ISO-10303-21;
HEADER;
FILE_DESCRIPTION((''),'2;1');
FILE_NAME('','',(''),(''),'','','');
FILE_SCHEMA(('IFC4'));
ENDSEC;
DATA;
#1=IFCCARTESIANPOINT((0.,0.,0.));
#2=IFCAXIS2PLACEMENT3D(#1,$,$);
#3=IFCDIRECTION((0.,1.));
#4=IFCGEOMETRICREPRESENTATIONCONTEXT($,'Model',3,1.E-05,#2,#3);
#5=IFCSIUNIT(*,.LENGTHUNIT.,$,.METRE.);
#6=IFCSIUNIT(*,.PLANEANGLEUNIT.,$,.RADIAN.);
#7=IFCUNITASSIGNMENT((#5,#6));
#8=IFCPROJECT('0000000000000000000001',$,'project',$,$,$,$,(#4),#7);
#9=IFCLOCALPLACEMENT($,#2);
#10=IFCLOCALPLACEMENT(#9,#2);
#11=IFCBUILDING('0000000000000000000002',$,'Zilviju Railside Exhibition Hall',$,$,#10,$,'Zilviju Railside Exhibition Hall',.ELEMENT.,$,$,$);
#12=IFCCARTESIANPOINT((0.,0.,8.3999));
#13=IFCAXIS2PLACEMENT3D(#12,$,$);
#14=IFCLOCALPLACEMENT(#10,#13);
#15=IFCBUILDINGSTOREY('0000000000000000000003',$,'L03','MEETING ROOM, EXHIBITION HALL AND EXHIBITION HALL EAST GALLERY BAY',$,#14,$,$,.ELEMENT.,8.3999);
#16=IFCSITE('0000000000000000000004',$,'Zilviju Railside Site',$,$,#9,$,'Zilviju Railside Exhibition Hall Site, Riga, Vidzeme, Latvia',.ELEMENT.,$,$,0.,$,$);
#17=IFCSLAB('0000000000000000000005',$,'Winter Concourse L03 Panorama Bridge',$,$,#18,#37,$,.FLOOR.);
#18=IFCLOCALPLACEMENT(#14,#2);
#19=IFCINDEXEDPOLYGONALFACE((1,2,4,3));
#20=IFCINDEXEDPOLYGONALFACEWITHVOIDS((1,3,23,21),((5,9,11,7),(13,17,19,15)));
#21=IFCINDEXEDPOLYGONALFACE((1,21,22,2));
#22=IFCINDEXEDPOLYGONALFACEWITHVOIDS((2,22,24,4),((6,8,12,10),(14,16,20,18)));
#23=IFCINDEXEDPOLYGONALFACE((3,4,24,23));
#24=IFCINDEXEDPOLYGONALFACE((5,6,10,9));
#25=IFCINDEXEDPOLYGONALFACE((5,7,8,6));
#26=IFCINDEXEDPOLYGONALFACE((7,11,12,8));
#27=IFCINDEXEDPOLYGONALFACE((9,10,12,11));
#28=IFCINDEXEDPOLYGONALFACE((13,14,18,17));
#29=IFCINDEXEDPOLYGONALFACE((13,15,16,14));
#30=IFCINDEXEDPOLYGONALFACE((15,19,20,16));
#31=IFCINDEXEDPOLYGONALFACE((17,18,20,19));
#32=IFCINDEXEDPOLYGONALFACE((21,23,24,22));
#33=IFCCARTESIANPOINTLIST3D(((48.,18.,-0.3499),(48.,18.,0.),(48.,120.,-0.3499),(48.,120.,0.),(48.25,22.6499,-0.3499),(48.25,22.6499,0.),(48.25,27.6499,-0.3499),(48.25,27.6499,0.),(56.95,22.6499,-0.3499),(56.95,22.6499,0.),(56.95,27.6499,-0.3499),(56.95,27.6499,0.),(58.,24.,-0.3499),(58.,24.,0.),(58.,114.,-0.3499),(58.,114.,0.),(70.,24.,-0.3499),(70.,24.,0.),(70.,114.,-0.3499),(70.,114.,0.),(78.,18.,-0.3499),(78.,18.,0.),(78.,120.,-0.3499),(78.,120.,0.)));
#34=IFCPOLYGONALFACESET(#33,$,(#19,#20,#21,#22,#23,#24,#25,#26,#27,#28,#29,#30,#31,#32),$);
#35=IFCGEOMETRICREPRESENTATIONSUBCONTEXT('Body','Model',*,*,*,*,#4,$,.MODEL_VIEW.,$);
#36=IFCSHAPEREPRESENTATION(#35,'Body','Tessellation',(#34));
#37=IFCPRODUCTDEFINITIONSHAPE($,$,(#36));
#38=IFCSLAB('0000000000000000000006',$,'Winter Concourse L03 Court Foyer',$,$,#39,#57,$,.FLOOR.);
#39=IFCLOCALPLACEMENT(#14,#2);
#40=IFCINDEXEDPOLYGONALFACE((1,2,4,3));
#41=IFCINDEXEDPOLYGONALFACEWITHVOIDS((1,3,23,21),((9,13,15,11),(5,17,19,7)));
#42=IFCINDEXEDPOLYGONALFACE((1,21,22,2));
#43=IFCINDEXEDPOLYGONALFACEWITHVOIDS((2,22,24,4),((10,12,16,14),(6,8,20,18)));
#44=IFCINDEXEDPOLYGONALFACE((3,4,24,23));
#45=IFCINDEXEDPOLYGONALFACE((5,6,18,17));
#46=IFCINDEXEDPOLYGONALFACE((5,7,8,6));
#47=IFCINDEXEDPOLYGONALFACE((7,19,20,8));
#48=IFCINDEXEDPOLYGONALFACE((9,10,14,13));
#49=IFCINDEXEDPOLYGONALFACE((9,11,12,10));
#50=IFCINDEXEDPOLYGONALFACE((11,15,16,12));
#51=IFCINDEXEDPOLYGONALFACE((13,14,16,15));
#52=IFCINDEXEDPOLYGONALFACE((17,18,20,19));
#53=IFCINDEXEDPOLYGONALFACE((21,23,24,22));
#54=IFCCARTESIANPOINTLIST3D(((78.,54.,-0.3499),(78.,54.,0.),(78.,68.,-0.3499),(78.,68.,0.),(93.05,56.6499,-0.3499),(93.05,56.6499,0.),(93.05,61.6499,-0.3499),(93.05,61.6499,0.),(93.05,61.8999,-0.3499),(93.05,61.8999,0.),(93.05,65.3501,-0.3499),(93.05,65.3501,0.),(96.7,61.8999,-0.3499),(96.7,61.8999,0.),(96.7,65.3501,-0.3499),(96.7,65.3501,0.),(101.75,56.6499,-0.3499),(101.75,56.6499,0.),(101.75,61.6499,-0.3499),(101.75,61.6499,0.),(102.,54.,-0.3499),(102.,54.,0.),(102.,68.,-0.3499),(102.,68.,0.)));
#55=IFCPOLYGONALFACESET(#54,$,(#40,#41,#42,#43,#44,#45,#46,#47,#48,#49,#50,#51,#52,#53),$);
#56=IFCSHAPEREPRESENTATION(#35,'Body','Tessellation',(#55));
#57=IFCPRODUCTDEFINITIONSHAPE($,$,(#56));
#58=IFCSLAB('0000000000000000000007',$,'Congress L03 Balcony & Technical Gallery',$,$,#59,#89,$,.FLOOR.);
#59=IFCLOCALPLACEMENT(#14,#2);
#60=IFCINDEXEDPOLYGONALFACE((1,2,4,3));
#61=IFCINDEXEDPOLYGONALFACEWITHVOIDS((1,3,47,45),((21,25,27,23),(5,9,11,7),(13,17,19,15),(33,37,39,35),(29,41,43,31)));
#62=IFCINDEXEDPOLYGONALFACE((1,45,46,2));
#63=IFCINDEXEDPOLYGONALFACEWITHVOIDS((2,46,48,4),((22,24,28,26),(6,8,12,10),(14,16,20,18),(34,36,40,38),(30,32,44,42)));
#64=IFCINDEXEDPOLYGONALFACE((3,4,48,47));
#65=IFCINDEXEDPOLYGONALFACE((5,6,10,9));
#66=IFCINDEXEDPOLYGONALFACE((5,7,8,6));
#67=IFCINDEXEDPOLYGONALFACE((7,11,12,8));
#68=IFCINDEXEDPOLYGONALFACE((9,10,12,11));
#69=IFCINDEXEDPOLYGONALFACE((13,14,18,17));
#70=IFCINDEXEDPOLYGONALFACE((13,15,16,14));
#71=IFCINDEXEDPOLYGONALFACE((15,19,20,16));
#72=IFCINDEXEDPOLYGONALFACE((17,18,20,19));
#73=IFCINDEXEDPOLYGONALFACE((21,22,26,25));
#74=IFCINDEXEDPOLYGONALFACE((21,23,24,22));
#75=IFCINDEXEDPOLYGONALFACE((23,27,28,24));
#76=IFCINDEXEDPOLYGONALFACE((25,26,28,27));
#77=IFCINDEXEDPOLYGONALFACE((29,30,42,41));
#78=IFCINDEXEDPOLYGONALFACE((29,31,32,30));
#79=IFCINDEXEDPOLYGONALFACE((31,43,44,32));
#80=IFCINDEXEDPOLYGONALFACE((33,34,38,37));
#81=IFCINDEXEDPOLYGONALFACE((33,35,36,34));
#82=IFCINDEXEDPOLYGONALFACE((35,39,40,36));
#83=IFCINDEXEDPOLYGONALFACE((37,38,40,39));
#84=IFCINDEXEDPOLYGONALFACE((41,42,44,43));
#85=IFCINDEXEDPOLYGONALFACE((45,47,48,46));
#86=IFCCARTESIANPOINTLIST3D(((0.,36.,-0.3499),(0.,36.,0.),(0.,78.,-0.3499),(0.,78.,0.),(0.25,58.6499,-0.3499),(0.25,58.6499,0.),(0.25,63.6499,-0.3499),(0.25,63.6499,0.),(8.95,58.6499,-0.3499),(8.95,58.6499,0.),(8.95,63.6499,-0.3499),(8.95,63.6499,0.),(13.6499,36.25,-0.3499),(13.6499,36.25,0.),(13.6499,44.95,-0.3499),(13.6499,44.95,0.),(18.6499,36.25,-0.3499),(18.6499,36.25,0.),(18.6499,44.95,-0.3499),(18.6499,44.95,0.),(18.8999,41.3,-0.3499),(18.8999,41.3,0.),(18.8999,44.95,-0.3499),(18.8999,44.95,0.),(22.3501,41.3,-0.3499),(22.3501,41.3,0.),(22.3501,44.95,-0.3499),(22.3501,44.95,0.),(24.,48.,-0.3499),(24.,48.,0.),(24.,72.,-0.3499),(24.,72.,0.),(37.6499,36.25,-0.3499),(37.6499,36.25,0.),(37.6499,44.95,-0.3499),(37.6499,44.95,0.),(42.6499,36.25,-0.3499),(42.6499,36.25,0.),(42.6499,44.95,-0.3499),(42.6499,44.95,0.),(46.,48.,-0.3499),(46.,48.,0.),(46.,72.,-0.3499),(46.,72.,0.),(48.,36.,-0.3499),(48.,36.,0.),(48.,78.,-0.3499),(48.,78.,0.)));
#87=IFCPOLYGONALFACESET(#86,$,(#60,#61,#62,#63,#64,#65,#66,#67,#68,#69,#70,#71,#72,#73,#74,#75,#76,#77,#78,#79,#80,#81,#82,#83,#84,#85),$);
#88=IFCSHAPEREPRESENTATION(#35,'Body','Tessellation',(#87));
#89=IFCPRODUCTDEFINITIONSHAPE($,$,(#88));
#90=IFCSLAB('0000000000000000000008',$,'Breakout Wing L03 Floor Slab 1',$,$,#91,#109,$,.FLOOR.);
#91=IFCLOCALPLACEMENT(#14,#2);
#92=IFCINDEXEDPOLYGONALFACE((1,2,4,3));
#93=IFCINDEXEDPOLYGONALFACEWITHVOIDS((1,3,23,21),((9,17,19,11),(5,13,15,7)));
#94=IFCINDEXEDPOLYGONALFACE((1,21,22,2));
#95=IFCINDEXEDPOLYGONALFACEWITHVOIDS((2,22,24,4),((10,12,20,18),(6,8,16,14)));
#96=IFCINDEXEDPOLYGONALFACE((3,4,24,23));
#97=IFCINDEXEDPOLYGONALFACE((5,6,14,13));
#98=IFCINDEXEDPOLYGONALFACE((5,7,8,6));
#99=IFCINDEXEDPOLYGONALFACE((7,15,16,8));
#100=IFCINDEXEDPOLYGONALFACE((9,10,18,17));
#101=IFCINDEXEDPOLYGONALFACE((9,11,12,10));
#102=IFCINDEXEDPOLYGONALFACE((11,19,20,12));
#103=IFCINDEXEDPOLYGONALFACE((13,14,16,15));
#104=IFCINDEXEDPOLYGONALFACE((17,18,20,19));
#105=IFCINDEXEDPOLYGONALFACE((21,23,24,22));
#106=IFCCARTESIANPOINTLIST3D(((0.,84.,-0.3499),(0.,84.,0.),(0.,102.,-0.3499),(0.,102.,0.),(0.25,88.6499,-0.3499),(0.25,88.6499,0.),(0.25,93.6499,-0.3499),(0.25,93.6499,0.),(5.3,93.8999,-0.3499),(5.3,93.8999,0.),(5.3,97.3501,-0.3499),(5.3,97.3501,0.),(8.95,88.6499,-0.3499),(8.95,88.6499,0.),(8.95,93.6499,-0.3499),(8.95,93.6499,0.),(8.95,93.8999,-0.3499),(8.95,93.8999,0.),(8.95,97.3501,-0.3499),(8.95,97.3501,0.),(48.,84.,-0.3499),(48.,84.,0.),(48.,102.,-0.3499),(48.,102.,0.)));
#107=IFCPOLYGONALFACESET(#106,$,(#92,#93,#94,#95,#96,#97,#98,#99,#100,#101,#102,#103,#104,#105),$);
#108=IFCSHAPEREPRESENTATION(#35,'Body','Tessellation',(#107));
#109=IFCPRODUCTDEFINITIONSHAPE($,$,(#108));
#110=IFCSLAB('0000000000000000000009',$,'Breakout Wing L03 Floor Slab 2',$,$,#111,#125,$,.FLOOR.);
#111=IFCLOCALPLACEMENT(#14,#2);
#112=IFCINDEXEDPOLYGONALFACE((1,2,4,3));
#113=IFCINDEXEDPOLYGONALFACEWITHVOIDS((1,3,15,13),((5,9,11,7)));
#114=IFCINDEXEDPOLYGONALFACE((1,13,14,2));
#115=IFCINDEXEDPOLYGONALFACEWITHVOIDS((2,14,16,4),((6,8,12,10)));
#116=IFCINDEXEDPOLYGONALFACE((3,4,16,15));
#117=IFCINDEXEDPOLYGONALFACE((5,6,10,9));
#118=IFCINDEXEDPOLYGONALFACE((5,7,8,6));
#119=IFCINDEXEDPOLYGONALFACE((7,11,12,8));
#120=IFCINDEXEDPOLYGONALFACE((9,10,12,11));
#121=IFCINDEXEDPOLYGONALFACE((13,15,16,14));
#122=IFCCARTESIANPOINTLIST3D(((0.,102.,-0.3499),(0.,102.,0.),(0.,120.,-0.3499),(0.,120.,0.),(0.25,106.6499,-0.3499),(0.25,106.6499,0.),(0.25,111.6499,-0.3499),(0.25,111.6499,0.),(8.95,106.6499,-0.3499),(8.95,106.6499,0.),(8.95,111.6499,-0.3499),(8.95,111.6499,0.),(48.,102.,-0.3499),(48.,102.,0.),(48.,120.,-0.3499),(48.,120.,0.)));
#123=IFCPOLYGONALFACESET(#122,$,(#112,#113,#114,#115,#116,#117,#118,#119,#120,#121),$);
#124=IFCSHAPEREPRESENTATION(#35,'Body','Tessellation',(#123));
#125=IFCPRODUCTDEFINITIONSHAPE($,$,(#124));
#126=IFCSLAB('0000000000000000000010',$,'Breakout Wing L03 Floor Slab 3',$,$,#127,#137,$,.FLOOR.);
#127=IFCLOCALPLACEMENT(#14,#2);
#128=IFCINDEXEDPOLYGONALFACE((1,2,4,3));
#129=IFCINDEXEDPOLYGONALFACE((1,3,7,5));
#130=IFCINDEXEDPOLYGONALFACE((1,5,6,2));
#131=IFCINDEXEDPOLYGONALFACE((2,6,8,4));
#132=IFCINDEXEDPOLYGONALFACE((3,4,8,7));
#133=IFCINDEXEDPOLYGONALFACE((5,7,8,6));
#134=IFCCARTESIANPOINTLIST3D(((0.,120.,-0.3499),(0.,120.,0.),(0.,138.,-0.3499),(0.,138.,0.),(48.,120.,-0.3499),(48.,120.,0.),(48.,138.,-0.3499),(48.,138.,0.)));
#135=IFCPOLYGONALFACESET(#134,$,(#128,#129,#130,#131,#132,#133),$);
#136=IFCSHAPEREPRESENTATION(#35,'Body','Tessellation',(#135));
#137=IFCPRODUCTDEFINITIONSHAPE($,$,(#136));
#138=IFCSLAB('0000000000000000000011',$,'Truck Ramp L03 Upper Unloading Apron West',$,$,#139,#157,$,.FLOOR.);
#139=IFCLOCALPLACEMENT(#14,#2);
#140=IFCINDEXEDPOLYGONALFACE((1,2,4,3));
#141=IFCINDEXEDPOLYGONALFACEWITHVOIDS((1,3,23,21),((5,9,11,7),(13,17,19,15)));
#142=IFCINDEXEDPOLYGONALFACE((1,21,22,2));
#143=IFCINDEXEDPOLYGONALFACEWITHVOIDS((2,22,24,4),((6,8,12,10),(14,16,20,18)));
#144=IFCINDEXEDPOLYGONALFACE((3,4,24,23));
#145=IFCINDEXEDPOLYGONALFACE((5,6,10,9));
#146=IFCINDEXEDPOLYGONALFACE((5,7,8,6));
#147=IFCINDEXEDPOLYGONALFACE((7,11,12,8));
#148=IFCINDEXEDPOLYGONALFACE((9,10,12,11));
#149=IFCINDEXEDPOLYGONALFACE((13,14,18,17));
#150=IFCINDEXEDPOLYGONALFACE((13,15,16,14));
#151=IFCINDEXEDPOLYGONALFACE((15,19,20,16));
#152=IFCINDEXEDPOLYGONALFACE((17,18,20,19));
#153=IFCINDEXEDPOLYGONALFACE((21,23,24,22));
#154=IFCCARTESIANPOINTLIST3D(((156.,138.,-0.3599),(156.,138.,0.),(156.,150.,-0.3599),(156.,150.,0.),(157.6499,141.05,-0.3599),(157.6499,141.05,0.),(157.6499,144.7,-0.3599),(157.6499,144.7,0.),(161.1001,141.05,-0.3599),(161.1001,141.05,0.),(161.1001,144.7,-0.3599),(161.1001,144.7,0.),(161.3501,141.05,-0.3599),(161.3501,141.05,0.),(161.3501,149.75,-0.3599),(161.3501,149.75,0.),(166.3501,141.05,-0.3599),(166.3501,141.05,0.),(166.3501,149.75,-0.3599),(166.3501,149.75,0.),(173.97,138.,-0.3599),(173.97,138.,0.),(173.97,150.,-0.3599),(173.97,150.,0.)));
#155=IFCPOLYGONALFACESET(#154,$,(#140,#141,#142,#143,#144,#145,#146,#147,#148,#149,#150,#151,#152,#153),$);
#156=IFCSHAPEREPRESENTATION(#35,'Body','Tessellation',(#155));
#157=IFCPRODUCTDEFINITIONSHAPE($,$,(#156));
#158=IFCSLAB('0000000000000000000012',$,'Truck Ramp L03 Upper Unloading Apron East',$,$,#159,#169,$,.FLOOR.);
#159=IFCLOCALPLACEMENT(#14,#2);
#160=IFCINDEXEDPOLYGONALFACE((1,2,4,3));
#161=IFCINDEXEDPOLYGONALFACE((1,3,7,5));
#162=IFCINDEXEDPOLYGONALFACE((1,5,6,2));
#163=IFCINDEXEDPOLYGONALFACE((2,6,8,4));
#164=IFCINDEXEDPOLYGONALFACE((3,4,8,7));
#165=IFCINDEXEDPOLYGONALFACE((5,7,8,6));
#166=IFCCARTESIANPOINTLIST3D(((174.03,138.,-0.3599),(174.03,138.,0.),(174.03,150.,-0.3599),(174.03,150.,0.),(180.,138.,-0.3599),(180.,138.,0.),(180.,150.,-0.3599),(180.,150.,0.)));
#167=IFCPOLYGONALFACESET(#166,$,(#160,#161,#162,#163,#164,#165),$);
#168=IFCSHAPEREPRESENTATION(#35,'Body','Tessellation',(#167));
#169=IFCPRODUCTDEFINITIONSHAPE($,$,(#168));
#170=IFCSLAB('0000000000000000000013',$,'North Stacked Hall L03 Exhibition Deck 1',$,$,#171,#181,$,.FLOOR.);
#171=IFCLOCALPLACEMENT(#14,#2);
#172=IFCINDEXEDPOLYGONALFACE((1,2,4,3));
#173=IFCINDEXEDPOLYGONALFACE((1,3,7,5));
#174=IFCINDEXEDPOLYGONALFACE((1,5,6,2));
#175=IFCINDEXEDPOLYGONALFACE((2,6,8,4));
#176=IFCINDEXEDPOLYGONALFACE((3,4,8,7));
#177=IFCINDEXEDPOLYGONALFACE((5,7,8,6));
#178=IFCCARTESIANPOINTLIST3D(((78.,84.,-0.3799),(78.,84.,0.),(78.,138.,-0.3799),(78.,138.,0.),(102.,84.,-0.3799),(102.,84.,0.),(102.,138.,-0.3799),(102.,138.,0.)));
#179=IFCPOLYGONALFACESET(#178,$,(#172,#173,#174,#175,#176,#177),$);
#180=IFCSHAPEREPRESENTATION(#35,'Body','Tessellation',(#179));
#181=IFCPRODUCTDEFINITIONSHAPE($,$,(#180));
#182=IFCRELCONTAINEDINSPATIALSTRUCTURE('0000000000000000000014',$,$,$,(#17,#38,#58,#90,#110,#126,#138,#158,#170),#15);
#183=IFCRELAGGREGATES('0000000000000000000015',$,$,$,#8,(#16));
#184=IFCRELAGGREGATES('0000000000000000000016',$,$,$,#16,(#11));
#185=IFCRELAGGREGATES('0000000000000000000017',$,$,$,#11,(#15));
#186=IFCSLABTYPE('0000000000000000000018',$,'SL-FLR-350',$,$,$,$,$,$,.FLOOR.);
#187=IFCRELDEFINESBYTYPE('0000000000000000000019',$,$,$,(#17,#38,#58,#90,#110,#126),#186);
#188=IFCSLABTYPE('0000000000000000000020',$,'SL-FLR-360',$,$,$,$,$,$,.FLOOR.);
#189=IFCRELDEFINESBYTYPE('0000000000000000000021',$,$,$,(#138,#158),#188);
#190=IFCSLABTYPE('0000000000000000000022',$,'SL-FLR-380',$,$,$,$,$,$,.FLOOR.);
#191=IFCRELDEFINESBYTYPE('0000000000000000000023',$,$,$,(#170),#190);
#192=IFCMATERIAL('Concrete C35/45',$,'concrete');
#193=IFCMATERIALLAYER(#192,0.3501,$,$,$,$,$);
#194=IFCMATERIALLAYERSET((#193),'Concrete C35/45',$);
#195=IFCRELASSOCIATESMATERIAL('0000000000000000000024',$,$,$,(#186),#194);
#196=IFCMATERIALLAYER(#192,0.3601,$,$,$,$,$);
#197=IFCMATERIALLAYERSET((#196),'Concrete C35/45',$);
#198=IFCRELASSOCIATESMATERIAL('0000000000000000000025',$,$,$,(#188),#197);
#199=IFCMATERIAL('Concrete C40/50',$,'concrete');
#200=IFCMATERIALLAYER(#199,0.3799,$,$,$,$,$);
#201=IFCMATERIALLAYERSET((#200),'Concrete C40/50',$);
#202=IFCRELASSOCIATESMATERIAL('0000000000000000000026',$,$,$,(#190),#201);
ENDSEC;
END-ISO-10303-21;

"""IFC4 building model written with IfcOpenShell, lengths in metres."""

from ifc_helpers import new_model, si_unit, direction, frame, origin, place, context, subcontext, project, spatial, polyline, outline, extrude, material, layer, layer_set, type_object, element, save


model = new_model("IFC4")

# Units and contexts
model_context = context("Model", 3, precision=1e-05, world=origin(), true_north=direction((0.0, 1.0)))
body_context = subcontext(model_context, "Body", "Model", "MODEL_VIEW")
ifc_project = project(units=[si_unit("LENGTHUNIT", "METRE"), si_unit("PLANEANGLEUNIT", "RADIAN")], contexts=[model_context])

# Site, building, storey
site_placement = place(None, origin())
site = spatial("IfcSite", under=ifc_project, at=site_placement, Name="Zilviju Railside Site", LongName="Zilviju Railside Exhibition Hall Site, Riga, Vidzeme, Latvia", CompositionType="ELEMENT", RefElevation=0.0)
building_placement = place(site_placement, origin())
building = spatial("IfcBuilding", under=site, at=building_placement, Name="Zilviju Railside Exhibition Hall", LongName="Zilviju Railside Exhibition Hall", CompositionType="ELEMENT")
storey_placement = place(building_placement, frame((0.0, 0.0, 8.3999)))
storey = spatial("IfcBuildingStorey", under=building, at=storey_placement, Name="L03", Description="MEETING ROOM, EXHIBITION HALL AND EXHIBITION HALL EAST GALLERY BAY", CompositionType="ELEMENT", Elevation=8.3999)

# Slabs
ifc_material_1 = material(Name="Concrete C35/45", Category="concrete")
ifc_layer_1 = layer(ifc_material_1, 0.3501)
ifc_layer_set_1 = layer_set([ifc_layer_1], Name="Concrete C35/45")
slab_type_1 = type_object("IfcSlabType", Name="SL-FLR-350", PredefinedType="FLOOR", material=ifc_layer_set_1)
slab_1_placement = place(storey_placement, frame((0.0, 0.0, -0.3499)))
element("IfcSlab", 1, at=slab_1_placement, inside=storey, type_object=slab_type_1, Name="Winter Concourse L03 Panorama Bridge", PredefinedType="FLOOR", context=body_context, shape_type="SweptSolid", body=[
    extrude(outline(polyline([(48.0, 18.0), (78.0, 18.0), (78.0, 120.0), (48.0, 120.0), (48.0, 18.0)]), holes=[polyline([(58.0, 24.0), (70.0, 24.0), (70.0, 114.0), (58.0, 114.0), (58.0, 24.0)]), polyline([(48.25, 22.6499), (56.95, 22.6499), (56.95, 27.6499), (48.25, 27.6499), (48.25, 22.6499)])]), origin(), (0.0, 0.0, 1.0), 0.3499),
])
slab_2_placement = place(storey_placement, frame((0.0, 0.0, -0.3499)))
element("IfcSlab", 2, at=slab_2_placement, inside=storey, type_object=slab_type_1, Name="Winter Concourse L03 Court Foyer", PredefinedType="FLOOR", context=body_context, shape_type="SweptSolid", body=[
    extrude(outline(polyline([(78.0, 54.0), (102.0, 54.0), (102.0, 68.0), (78.0, 68.0), (78.0, 54.0)]), holes=[polyline([(93.05, 56.6499), (101.75, 56.6499), (101.75, 61.6499), (93.05, 61.6499), (93.05, 56.6499)]), polyline([(93.05, 61.8999), (96.7, 61.8999), (96.7, 65.3501), (93.05, 65.3501), (93.05, 61.8999)])]), origin(), (0.0, 0.0, 1.0), 0.3499),
])
slab_3_placement = place(storey_placement, frame((0.0, 0.0, -0.3499)))
element("IfcSlab", 3, at=slab_3_placement, inside=storey, type_object=slab_type_1, Name="Congress L03 Balcony & Technical Gallery", PredefinedType="FLOOR", context=body_context, shape_type="SweptSolid", body=[
    extrude(outline(polyline([(0.0, 36.0), (48.0, 36.0), (48.0, 78.0), (0.0, 78.0), (0.0, 36.0)]), holes=[polyline([(24.0, 48.0), (46.0, 48.0), (46.0, 72.0), (24.0, 72.0), (24.0, 48.0)]), polyline([(13.6499, 36.25), (18.6499, 36.25), (18.6499, 44.95), (13.6499, 44.95), (13.6499, 36.25)]), polyline([(18.8999, 41.3), (22.3501, 41.3), (22.3501, 44.95), (18.8999, 44.95), (18.8999, 41.3)]), polyline([(37.6499, 36.25), (42.6499, 36.25), (42.6499, 44.95), (37.6499, 44.95), (37.6499, 36.25)]), polyline([(0.25, 58.6499), (8.95, 58.6499), (8.95, 63.6499), (0.25, 63.6499), (0.25, 58.6499)])]), origin(), (0.0, 0.0, 1.0), 0.3499),
])
slab_4_placement = place(storey_placement, frame((0.0, 0.0, -0.3499)))
element("IfcSlab", 4, at=slab_4_placement, inside=storey, type_object=slab_type_1, Name="Breakout Wing L03 Floor Slab 1", PredefinedType="FLOOR", context=body_context, shape_type="SweptSolid", body=[
    extrude(outline(polyline([(0.0, 84.0), (48.0, 84.0), (48.0, 102.0), (0.0, 102.0), (0.0, 84.0)]), holes=[polyline([(0.25, 88.6499), (8.95, 88.6499), (8.95, 93.6499), (0.25, 93.6499), (0.25, 88.6499)]), polyline([(5.3, 93.8999), (8.95, 93.8999), (8.95, 97.3501), (5.3, 97.3501), (5.3, 93.8999)])]), origin(), (0.0, 0.0, 1.0), 0.3499),
])
slab_5_placement = place(storey_placement, frame((0.0, 0.0, -0.3499)))
element("IfcSlab", 5, at=slab_5_placement, inside=storey, type_object=slab_type_1, Name="Breakout Wing L03 Floor Slab 2", PredefinedType="FLOOR", context=body_context, shape_type="SweptSolid", body=[
    extrude(outline(polyline([(0.0, 102.0), (48.0, 102.0), (48.0, 120.0), (0.0, 120.0), (0.0, 102.0)]), holes=[polyline([(0.25, 106.6499), (8.95, 106.6499), (8.95, 111.6499), (0.25, 111.6499), (0.25, 106.6499)])]), origin(), (0.0, 0.0, 1.0), 0.3499),
])
slab_6_placement = place(storey_placement, frame((0.0, 0.0, -0.3499)))
element("IfcSlab", 6, at=slab_6_placement, inside=storey, type_object=slab_type_1, Name="Breakout Wing L03 Floor Slab 3", PredefinedType="FLOOR", context=body_context, shape_type="SweptSolid", body=[
    extrude(outline(polyline([(0.0, 120.0), (48.0, 120.0), (48.0, 138.0), (0.0, 138.0), (0.0, 120.0)])), origin(), (0.0, 0.0, 1.0), 0.3499),
])
ifc_layer_2 = layer(ifc_material_1, 0.3601)
ifc_layer_set_2 = layer_set([ifc_layer_2], Name="Concrete C35/45")
slab_type_2 = type_object("IfcSlabType", Name="SL-FLR-360", PredefinedType="FLOOR", material=ifc_layer_set_2)
slab_7_placement = place(storey_placement, frame((0.0, 0.0, -0.3599)))
element("IfcSlab", 7, at=slab_7_placement, inside=storey, type_object=slab_type_2, Name="Truck Ramp L03 Upper Unloading Apron West", PredefinedType="FLOOR", context=body_context, shape_type="SweptSolid", body=[
    extrude(outline(polyline([(156.0, 138.0), (173.97, 138.0), (173.97, 150.0), (156.0, 150.0), (156.0, 138.0)]), holes=[polyline([(161.3501, 141.05), (166.3501, 141.05), (166.3501, 149.75), (161.3501, 149.75), (161.3501, 141.05)]), polyline([(157.6499, 141.05), (161.1001, 141.05), (161.1001, 144.7), (157.6499, 144.7), (157.6499, 141.05)])]), origin(), (0.0, 0.0, 1.0), 0.3599),
])
slab_8_placement = place(storey_placement, frame((0.0, 0.0, -0.3599)))
element("IfcSlab", 8, at=slab_8_placement, inside=storey, type_object=slab_type_2, Name="Truck Ramp L03 Upper Unloading Apron East", PredefinedType="FLOOR", context=body_context, shape_type="SweptSolid", body=[
    extrude(outline(polyline([(174.03, 138.0), (180.0, 138.0), (180.0, 150.0), (174.03, 150.0), (174.03, 138.0)])), origin(), (0.0, 0.0, 1.0), 0.3599),
])
ifc_material_2 = material(Name="Concrete C40/50", Category="concrete")
ifc_layer_3 = layer(ifc_material_2, 0.3799)
ifc_layer_set_3 = layer_set([ifc_layer_3], Name="Concrete C40/50")
slab_type_3 = type_object("IfcSlabType", Name="SL-FLR-380", PredefinedType="FLOOR", material=ifc_layer_set_3)
slab_9_placement = place(storey_placement, frame((0.0, 0.0, -0.3799)))
element("IfcSlab", 9, at=slab_9_placement, inside=storey, type_object=slab_type_3, Name="North Stacked Hall L03 Exhibition Deck 1", PredefinedType="FLOOR", context=body_context, shape_type="SweptSolid", body=[
    extrude(outline(polyline([(78.0, 84.0), (102.0, 84.0), (102.0, 138.0), (78.0, 138.0), (78.0, 84.0)])), origin(), (0.0, 0.0, 1.0), 0.3799),
])

save(model, "model.ifc")
